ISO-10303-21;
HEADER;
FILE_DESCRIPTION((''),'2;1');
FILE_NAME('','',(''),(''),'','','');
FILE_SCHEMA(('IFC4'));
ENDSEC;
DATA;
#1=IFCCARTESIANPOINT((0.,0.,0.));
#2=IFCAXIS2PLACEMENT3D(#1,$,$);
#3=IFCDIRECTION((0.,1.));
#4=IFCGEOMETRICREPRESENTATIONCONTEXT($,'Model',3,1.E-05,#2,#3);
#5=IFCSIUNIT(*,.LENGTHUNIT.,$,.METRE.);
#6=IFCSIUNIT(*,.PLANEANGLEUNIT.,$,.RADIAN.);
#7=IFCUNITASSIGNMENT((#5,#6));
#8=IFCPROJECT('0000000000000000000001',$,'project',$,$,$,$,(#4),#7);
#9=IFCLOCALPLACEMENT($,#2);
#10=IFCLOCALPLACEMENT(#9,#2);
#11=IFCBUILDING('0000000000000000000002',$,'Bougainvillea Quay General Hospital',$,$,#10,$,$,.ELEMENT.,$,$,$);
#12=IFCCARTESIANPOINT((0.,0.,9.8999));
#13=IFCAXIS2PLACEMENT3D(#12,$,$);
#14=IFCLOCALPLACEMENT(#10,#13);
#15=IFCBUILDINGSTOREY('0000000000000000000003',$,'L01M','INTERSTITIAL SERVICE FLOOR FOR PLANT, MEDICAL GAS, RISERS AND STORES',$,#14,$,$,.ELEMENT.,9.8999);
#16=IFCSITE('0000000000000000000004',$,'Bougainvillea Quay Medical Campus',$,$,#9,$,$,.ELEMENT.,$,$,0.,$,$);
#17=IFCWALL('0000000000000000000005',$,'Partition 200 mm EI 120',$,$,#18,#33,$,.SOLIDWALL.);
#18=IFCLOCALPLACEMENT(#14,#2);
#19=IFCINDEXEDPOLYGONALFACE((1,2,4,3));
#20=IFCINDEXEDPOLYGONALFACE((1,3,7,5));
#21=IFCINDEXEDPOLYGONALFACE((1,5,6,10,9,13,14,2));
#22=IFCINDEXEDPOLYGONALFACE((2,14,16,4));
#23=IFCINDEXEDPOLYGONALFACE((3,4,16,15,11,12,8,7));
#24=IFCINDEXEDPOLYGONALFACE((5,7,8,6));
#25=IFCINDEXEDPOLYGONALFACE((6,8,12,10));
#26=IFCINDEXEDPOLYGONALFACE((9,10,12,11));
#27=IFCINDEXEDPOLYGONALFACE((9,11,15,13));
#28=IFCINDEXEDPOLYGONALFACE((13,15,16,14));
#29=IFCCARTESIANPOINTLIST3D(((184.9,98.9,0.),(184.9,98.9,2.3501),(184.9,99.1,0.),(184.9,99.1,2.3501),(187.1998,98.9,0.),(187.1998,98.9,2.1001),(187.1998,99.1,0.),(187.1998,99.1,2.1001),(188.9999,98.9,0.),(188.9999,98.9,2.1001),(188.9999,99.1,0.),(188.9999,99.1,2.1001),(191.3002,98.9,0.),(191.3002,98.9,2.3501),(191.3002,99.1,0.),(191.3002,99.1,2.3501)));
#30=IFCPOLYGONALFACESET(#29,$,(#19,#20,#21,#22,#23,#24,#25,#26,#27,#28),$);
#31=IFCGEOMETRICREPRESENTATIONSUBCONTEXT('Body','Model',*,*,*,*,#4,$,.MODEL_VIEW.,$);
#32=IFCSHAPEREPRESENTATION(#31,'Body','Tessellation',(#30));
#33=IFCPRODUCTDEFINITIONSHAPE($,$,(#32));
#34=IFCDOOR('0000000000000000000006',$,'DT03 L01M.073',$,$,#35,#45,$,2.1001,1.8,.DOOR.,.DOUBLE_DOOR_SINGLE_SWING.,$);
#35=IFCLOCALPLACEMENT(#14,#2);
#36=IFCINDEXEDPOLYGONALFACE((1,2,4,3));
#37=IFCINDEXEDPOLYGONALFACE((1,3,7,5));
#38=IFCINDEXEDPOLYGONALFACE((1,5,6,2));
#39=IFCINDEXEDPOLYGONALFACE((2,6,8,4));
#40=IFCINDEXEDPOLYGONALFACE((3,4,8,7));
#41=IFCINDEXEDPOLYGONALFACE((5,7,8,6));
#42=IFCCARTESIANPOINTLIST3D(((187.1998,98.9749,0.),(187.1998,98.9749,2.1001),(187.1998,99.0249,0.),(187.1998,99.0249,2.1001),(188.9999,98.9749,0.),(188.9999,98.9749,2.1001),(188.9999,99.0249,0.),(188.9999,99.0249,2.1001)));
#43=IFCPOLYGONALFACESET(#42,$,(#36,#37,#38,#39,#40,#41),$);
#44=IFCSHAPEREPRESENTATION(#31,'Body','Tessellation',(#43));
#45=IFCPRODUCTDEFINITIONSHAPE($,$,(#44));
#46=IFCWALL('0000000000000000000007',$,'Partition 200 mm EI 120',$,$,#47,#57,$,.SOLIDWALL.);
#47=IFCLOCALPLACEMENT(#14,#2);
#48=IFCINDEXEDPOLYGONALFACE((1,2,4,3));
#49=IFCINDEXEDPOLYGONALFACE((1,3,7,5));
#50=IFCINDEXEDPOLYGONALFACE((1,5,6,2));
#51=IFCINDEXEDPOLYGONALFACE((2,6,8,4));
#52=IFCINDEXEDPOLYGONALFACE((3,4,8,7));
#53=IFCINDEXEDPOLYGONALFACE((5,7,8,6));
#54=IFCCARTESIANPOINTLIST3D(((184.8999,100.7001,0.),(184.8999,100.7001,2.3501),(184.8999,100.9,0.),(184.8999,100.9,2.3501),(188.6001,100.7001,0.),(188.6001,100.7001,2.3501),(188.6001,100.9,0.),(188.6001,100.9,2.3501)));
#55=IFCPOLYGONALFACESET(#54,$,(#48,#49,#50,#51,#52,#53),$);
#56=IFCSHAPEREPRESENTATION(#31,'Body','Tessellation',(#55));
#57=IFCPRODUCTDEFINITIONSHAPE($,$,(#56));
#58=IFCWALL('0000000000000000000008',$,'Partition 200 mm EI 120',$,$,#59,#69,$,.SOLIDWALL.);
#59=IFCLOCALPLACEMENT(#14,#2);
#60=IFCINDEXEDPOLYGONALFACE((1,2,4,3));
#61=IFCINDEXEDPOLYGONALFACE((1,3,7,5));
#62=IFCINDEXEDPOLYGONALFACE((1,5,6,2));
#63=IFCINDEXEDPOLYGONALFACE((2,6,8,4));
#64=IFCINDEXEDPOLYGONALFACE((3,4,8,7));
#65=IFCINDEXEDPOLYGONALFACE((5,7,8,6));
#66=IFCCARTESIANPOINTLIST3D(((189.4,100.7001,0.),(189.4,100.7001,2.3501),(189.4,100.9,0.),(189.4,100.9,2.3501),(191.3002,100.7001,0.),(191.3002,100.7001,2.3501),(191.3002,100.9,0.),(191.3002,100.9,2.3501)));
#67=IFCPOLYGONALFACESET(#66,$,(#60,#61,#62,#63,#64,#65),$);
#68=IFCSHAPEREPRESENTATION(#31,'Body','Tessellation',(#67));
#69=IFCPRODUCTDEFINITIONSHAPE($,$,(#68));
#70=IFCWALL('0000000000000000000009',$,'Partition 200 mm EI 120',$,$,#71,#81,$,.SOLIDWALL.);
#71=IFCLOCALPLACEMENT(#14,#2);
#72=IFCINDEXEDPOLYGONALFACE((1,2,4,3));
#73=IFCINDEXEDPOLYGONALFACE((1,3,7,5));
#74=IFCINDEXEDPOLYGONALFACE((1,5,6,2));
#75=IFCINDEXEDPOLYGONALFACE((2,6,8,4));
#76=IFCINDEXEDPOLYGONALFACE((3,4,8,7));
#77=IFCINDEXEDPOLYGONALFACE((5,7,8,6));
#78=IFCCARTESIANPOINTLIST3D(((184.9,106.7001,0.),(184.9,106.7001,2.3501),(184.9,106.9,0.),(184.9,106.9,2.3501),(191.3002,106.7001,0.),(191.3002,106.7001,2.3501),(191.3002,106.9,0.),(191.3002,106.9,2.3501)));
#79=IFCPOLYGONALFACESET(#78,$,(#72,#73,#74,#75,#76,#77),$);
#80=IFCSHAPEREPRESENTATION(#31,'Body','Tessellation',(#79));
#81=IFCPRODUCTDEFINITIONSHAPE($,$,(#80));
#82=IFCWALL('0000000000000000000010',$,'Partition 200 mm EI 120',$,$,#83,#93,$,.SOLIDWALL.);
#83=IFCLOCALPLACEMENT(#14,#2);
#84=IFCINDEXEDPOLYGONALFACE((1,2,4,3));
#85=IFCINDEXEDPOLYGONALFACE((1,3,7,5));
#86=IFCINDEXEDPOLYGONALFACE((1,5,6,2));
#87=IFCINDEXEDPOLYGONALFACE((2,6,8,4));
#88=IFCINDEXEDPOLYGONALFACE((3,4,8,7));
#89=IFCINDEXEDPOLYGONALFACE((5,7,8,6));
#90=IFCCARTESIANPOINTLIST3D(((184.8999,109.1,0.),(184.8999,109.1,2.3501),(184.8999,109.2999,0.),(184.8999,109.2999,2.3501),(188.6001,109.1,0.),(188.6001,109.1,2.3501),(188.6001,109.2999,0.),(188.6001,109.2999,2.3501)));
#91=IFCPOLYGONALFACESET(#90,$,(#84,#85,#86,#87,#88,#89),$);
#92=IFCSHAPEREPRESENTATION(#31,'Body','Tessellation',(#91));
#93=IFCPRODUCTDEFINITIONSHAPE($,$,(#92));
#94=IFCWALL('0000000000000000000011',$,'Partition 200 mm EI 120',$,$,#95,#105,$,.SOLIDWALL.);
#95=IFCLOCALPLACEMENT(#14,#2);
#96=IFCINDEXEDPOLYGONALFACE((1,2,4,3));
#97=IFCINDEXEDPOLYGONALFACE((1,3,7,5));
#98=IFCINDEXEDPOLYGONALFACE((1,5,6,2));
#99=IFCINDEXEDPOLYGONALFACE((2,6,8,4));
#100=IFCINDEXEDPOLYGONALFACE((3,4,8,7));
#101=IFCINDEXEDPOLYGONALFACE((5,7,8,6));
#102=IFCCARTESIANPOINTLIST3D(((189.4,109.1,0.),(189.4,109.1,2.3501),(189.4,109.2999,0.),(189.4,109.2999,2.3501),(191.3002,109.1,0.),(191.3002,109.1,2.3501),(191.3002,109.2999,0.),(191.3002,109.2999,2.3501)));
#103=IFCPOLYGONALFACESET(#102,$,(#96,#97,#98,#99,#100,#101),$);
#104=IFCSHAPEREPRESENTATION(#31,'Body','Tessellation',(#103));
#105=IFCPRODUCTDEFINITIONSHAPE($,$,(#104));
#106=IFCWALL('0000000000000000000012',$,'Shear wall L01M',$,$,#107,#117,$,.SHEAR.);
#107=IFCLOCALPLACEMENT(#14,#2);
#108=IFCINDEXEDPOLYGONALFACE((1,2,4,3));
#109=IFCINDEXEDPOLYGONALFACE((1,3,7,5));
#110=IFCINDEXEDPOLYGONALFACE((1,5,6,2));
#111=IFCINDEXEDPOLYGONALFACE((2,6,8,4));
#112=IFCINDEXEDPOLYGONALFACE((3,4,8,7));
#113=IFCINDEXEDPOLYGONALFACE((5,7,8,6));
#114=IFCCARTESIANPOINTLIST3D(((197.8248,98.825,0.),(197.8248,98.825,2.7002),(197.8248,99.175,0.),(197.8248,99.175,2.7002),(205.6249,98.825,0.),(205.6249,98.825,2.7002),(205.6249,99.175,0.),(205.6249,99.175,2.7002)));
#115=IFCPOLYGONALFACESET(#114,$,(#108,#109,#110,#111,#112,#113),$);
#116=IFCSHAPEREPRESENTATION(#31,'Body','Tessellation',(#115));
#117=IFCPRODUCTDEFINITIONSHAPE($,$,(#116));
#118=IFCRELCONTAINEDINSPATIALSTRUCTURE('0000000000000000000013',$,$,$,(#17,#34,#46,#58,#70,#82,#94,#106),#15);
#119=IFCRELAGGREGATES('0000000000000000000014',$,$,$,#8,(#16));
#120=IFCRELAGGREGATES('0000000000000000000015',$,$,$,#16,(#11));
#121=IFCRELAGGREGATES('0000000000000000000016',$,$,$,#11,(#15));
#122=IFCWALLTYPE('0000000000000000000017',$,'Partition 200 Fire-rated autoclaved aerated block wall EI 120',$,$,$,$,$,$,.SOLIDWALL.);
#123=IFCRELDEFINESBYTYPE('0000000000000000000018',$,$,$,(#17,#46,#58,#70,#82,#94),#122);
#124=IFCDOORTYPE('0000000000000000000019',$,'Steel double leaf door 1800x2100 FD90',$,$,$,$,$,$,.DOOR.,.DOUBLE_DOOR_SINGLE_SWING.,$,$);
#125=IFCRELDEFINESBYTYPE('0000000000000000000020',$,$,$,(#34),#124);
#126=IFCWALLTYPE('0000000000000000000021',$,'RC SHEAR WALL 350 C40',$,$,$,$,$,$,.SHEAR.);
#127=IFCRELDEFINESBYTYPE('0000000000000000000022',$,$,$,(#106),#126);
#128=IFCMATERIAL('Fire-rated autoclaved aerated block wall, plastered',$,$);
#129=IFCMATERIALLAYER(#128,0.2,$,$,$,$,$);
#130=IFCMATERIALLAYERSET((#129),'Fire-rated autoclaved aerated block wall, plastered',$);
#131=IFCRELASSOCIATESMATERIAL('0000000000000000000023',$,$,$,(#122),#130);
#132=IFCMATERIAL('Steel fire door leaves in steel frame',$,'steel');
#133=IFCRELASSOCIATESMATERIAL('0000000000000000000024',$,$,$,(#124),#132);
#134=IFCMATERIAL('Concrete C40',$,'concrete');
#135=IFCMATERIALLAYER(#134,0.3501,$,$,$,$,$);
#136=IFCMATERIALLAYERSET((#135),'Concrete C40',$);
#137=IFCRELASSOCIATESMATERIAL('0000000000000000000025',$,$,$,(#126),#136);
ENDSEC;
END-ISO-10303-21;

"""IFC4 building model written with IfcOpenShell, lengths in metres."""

from ifc_helpers import new_model, si_unit, direction, frame, frame_2d, origin, place, context, subcontext, project, spatial, rectangle, extrude, material, layer, layer_set, type_object, element, fill, save


model = new_model("IFC4")

# Units and contexts
model_context = context("Model", 3, precision=1e-05, world=origin(), true_north=direction((0.0, 1.0)))
body_context = subcontext(model_context, "Body", "Model", "MODEL_VIEW")
ifc_project = project(units=[si_unit("LENGTHUNIT", "METRE"), si_unit("PLANEANGLEUNIT", "RADIAN")], contexts=[model_context])

# Site, building, storey
site_placement = place(None, origin())
site = spatial("IfcSite", under=ifc_project, at=site_placement, Name="Bougainvillea Quay Medical Campus", CompositionType="ELEMENT", RefElevation=0.0)
building_placement = place(site_placement, origin())
building = spatial("IfcBuilding", under=site, at=building_placement, Name="Bougainvillea Quay General Hospital", CompositionType="ELEMENT")
storey_placement = place(building_placement, frame((0.0, 0.0, 9.8999)))
storey = spatial("IfcBuildingStorey", under=building, at=storey_placement, Name="L01M", Description="INTERSTITIAL SERVICE FLOOR FOR PLANT, MEDICAL GAS, RISERS AND STORES", CompositionType="ELEMENT", Elevation=9.8999)

# Shared definitions
ifc_material_1 = material(Name="Concrete C40", Category="concrete")

# Shared definitions
ifc_material_2 = material(Name="Fire-rated autoclaved aerated block wall, plastered")
ifc_layer_1 = layer(ifc_material_2, 0.2)
ifc_layer_set_1 = layer_set([ifc_layer_1], Name="Fire-rated autoclaved aerated block wall, plastered")
wall_type_1 = type_object("IfcWallType", Name="Partition 200 Fire-rated autoclaved aerated block wall EI 120", PredefinedType="SOLIDWALL", material=ifc_layer_set_1)

# Wall, opening, door
wall_1_placement = place(storey_placement, frame((184.8999, 99.0, 0.0), z_axis=(0.0, 0.0, 1.0), x_axis=(1.0, 0.0, 0.0)))
wall_1 = element("IfcWall", 1, at=wall_1_placement, inside=storey, type_object=wall_type_1, Name="Partition 200 mm EI 120", PredefinedType="SOLIDWALL", context=body_context, shape_type="SweptSolid", body=[
    extrude(rectangle(XDim=6.4001, YDim=0.2, at=frame_2d((3.2002, 0.0))), origin(), (0.0, 0.0, 1.0), 2.3501),
])
opening_placement = place(wall_1_placement, frame((2.3, 0.0, 0.0)))
opening = element("IfcOpeningElement", 2, at=opening_placement, cuts=wall_1, PredefinedType="OPENING", context=body_context, shape_type="SweptSolid", body=[
    extrude(rectangle(XDim=1.8, YDim=2.1001, at=frame_2d((0.8999, 1.05))), frame((0.0, 0.1099, 0.0), z_axis=(0.0, -1.0, 0.0), x_axis=(1.0, 0.0, 0.0)), (0.0, 0.0, 1.0), 0.22),
])
ifc_material_3 = material(Name="Steel fire door leaves in steel frame", Category="steel")
door_type = type_object("IfcDoorType", Name="Steel double leaf door 1800x2100 FD90", OperationType="DOUBLE_DOOR_SINGLE_SWING", PredefinedType="DOOR", material=ifc_material_3)
door_placement = place(opening_placement, origin())
door = element("IfcDoor", 3, at=door_placement, inside=storey, type_object=door_type, Name="DT03 L01M.073", OperationType="DOUBLE_DOOR_SINGLE_SWING", OverallHeight=2.1001, OverallWidth=1.8, PredefinedType="DOOR", context=body_context, shape_type="SweptSolid", body=[
    extrude(rectangle(XDim=1.8, YDim=2.1001, at=frame_2d((0.8999, 1.05))), frame((0.0, 0.0249, 0.0), z_axis=(0.0, -1.0, 0.0), x_axis=(1.0, 0.0, 0.0)), (0.0, 0.0, 1.0), 0.05),
])
fill(opening, door)

# Walls
wall_2_placement = place(storey_placement, frame((184.8999, 100.8, 0.0), z_axis=(0.0, 0.0, 1.0), x_axis=(1.0, 0.0, 0.0)))
element("IfcWall", 4, at=wall_2_placement, inside=storey, type_object=wall_type_1, Name="Partition 200 mm EI 120", PredefinedType="SOLIDWALL", context=body_context, shape_type="SweptSolid", body=[
    extrude(rectangle(XDim=3.7002, YDim=0.2, at=frame_2d((1.8501, 0.0))), origin(), (0.0, 0.0, 1.0), 2.3501),
])
wall_3_placement = place(storey_placement, frame((189.3999, 100.8, 0.0), z_axis=(0.0, 0.0, 1.0), x_axis=(1.0, 0.0, 0.0)))
element("IfcWall", 5, at=wall_3_placement, inside=storey, type_object=wall_type_1, Name="Partition 200 mm EI 120", PredefinedType="SOLIDWALL", context=body_context, shape_type="SweptSolid", body=[
    extrude(rectangle(XDim=1.9001, YDim=0.2, at=frame_2d((0.9502, 0.0))), origin(), (0.0, 0.0, 1.0), 2.3501),
])
wall_4_placement = place(storey_placement, frame((184.8999, 106.8, 0.0), z_axis=(0.0, 0.0, 1.0), x_axis=(1.0, 0.0, 0.0)))
element("IfcWall", 6, at=wall_4_placement, inside=storey, type_object=wall_type_1, Name="Partition 200 mm EI 120", PredefinedType="SOLIDWALL", context=body_context, shape_type="SweptSolid", body=[
    extrude(rectangle(XDim=6.4001, YDim=0.2, at=frame_2d((3.2002, 0.0))), origin(), (0.0, 0.0, 1.0), 2.3501),
])
wall_5_placement = place(storey_placement, frame((184.8999, 109.2, 0.0), z_axis=(0.0, 0.0, 1.0), x_axis=(1.0, 0.0, 0.0)))
element("IfcWall", 7, at=wall_5_placement, inside=storey, type_object=wall_type_1, Name="Partition 200 mm EI 120", PredefinedType="SOLIDWALL", context=body_context, shape_type="SweptSolid", body=[
    extrude(rectangle(XDim=3.7002, YDim=0.2, at=frame_2d((1.8501, 0.0))), origin(), (0.0, 0.0, 1.0), 2.3501),
])
wall_6_placement = place(storey_placement, frame((189.3999, 109.2, 0.0), z_axis=(0.0, 0.0, 1.0), x_axis=(1.0, 0.0, 0.0)))
element("IfcWall", 8, at=wall_6_placement, inside=storey, type_object=wall_type_1, Name="Partition 200 mm EI 120", PredefinedType="SOLIDWALL", context=body_context, shape_type="SweptSolid", body=[
    extrude(rectangle(XDim=1.9001, YDim=0.2, at=frame_2d((0.9502, 0.0))), origin(), (0.0, 0.0, 1.0), 2.3501),
])
ifc_layer_2 = layer(ifc_material_1, 0.3501)
ifc_layer_set_2 = layer_set([ifc_layer_2], Name="Concrete C40")
wall_type_2 = type_object("IfcWallType", Name="RC SHEAR WALL 350 C40", PredefinedType="SHEAR", material=ifc_layer_set_2)
wall_7_placement = place(storey_placement, frame((197.825, 99.0, 0.0), z_axis=(0.0, 0.0, 1.0), x_axis=(1.0, 0.0, 0.0)))
element("IfcWall", 9, at=wall_7_placement, inside=storey, type_object=wall_type_2, Name="Shear wall L01M", PredefinedType="SHEAR", context=body_context, shape_type="SweptSolid", body=[
    extrude(rectangle(XDim=7.8, YDim=0.3501, at=frame_2d((3.8999, 0.0))), origin(), (0.0, 0.0, 1.0), 2.7002),
])

save(model, "model.ifc")
